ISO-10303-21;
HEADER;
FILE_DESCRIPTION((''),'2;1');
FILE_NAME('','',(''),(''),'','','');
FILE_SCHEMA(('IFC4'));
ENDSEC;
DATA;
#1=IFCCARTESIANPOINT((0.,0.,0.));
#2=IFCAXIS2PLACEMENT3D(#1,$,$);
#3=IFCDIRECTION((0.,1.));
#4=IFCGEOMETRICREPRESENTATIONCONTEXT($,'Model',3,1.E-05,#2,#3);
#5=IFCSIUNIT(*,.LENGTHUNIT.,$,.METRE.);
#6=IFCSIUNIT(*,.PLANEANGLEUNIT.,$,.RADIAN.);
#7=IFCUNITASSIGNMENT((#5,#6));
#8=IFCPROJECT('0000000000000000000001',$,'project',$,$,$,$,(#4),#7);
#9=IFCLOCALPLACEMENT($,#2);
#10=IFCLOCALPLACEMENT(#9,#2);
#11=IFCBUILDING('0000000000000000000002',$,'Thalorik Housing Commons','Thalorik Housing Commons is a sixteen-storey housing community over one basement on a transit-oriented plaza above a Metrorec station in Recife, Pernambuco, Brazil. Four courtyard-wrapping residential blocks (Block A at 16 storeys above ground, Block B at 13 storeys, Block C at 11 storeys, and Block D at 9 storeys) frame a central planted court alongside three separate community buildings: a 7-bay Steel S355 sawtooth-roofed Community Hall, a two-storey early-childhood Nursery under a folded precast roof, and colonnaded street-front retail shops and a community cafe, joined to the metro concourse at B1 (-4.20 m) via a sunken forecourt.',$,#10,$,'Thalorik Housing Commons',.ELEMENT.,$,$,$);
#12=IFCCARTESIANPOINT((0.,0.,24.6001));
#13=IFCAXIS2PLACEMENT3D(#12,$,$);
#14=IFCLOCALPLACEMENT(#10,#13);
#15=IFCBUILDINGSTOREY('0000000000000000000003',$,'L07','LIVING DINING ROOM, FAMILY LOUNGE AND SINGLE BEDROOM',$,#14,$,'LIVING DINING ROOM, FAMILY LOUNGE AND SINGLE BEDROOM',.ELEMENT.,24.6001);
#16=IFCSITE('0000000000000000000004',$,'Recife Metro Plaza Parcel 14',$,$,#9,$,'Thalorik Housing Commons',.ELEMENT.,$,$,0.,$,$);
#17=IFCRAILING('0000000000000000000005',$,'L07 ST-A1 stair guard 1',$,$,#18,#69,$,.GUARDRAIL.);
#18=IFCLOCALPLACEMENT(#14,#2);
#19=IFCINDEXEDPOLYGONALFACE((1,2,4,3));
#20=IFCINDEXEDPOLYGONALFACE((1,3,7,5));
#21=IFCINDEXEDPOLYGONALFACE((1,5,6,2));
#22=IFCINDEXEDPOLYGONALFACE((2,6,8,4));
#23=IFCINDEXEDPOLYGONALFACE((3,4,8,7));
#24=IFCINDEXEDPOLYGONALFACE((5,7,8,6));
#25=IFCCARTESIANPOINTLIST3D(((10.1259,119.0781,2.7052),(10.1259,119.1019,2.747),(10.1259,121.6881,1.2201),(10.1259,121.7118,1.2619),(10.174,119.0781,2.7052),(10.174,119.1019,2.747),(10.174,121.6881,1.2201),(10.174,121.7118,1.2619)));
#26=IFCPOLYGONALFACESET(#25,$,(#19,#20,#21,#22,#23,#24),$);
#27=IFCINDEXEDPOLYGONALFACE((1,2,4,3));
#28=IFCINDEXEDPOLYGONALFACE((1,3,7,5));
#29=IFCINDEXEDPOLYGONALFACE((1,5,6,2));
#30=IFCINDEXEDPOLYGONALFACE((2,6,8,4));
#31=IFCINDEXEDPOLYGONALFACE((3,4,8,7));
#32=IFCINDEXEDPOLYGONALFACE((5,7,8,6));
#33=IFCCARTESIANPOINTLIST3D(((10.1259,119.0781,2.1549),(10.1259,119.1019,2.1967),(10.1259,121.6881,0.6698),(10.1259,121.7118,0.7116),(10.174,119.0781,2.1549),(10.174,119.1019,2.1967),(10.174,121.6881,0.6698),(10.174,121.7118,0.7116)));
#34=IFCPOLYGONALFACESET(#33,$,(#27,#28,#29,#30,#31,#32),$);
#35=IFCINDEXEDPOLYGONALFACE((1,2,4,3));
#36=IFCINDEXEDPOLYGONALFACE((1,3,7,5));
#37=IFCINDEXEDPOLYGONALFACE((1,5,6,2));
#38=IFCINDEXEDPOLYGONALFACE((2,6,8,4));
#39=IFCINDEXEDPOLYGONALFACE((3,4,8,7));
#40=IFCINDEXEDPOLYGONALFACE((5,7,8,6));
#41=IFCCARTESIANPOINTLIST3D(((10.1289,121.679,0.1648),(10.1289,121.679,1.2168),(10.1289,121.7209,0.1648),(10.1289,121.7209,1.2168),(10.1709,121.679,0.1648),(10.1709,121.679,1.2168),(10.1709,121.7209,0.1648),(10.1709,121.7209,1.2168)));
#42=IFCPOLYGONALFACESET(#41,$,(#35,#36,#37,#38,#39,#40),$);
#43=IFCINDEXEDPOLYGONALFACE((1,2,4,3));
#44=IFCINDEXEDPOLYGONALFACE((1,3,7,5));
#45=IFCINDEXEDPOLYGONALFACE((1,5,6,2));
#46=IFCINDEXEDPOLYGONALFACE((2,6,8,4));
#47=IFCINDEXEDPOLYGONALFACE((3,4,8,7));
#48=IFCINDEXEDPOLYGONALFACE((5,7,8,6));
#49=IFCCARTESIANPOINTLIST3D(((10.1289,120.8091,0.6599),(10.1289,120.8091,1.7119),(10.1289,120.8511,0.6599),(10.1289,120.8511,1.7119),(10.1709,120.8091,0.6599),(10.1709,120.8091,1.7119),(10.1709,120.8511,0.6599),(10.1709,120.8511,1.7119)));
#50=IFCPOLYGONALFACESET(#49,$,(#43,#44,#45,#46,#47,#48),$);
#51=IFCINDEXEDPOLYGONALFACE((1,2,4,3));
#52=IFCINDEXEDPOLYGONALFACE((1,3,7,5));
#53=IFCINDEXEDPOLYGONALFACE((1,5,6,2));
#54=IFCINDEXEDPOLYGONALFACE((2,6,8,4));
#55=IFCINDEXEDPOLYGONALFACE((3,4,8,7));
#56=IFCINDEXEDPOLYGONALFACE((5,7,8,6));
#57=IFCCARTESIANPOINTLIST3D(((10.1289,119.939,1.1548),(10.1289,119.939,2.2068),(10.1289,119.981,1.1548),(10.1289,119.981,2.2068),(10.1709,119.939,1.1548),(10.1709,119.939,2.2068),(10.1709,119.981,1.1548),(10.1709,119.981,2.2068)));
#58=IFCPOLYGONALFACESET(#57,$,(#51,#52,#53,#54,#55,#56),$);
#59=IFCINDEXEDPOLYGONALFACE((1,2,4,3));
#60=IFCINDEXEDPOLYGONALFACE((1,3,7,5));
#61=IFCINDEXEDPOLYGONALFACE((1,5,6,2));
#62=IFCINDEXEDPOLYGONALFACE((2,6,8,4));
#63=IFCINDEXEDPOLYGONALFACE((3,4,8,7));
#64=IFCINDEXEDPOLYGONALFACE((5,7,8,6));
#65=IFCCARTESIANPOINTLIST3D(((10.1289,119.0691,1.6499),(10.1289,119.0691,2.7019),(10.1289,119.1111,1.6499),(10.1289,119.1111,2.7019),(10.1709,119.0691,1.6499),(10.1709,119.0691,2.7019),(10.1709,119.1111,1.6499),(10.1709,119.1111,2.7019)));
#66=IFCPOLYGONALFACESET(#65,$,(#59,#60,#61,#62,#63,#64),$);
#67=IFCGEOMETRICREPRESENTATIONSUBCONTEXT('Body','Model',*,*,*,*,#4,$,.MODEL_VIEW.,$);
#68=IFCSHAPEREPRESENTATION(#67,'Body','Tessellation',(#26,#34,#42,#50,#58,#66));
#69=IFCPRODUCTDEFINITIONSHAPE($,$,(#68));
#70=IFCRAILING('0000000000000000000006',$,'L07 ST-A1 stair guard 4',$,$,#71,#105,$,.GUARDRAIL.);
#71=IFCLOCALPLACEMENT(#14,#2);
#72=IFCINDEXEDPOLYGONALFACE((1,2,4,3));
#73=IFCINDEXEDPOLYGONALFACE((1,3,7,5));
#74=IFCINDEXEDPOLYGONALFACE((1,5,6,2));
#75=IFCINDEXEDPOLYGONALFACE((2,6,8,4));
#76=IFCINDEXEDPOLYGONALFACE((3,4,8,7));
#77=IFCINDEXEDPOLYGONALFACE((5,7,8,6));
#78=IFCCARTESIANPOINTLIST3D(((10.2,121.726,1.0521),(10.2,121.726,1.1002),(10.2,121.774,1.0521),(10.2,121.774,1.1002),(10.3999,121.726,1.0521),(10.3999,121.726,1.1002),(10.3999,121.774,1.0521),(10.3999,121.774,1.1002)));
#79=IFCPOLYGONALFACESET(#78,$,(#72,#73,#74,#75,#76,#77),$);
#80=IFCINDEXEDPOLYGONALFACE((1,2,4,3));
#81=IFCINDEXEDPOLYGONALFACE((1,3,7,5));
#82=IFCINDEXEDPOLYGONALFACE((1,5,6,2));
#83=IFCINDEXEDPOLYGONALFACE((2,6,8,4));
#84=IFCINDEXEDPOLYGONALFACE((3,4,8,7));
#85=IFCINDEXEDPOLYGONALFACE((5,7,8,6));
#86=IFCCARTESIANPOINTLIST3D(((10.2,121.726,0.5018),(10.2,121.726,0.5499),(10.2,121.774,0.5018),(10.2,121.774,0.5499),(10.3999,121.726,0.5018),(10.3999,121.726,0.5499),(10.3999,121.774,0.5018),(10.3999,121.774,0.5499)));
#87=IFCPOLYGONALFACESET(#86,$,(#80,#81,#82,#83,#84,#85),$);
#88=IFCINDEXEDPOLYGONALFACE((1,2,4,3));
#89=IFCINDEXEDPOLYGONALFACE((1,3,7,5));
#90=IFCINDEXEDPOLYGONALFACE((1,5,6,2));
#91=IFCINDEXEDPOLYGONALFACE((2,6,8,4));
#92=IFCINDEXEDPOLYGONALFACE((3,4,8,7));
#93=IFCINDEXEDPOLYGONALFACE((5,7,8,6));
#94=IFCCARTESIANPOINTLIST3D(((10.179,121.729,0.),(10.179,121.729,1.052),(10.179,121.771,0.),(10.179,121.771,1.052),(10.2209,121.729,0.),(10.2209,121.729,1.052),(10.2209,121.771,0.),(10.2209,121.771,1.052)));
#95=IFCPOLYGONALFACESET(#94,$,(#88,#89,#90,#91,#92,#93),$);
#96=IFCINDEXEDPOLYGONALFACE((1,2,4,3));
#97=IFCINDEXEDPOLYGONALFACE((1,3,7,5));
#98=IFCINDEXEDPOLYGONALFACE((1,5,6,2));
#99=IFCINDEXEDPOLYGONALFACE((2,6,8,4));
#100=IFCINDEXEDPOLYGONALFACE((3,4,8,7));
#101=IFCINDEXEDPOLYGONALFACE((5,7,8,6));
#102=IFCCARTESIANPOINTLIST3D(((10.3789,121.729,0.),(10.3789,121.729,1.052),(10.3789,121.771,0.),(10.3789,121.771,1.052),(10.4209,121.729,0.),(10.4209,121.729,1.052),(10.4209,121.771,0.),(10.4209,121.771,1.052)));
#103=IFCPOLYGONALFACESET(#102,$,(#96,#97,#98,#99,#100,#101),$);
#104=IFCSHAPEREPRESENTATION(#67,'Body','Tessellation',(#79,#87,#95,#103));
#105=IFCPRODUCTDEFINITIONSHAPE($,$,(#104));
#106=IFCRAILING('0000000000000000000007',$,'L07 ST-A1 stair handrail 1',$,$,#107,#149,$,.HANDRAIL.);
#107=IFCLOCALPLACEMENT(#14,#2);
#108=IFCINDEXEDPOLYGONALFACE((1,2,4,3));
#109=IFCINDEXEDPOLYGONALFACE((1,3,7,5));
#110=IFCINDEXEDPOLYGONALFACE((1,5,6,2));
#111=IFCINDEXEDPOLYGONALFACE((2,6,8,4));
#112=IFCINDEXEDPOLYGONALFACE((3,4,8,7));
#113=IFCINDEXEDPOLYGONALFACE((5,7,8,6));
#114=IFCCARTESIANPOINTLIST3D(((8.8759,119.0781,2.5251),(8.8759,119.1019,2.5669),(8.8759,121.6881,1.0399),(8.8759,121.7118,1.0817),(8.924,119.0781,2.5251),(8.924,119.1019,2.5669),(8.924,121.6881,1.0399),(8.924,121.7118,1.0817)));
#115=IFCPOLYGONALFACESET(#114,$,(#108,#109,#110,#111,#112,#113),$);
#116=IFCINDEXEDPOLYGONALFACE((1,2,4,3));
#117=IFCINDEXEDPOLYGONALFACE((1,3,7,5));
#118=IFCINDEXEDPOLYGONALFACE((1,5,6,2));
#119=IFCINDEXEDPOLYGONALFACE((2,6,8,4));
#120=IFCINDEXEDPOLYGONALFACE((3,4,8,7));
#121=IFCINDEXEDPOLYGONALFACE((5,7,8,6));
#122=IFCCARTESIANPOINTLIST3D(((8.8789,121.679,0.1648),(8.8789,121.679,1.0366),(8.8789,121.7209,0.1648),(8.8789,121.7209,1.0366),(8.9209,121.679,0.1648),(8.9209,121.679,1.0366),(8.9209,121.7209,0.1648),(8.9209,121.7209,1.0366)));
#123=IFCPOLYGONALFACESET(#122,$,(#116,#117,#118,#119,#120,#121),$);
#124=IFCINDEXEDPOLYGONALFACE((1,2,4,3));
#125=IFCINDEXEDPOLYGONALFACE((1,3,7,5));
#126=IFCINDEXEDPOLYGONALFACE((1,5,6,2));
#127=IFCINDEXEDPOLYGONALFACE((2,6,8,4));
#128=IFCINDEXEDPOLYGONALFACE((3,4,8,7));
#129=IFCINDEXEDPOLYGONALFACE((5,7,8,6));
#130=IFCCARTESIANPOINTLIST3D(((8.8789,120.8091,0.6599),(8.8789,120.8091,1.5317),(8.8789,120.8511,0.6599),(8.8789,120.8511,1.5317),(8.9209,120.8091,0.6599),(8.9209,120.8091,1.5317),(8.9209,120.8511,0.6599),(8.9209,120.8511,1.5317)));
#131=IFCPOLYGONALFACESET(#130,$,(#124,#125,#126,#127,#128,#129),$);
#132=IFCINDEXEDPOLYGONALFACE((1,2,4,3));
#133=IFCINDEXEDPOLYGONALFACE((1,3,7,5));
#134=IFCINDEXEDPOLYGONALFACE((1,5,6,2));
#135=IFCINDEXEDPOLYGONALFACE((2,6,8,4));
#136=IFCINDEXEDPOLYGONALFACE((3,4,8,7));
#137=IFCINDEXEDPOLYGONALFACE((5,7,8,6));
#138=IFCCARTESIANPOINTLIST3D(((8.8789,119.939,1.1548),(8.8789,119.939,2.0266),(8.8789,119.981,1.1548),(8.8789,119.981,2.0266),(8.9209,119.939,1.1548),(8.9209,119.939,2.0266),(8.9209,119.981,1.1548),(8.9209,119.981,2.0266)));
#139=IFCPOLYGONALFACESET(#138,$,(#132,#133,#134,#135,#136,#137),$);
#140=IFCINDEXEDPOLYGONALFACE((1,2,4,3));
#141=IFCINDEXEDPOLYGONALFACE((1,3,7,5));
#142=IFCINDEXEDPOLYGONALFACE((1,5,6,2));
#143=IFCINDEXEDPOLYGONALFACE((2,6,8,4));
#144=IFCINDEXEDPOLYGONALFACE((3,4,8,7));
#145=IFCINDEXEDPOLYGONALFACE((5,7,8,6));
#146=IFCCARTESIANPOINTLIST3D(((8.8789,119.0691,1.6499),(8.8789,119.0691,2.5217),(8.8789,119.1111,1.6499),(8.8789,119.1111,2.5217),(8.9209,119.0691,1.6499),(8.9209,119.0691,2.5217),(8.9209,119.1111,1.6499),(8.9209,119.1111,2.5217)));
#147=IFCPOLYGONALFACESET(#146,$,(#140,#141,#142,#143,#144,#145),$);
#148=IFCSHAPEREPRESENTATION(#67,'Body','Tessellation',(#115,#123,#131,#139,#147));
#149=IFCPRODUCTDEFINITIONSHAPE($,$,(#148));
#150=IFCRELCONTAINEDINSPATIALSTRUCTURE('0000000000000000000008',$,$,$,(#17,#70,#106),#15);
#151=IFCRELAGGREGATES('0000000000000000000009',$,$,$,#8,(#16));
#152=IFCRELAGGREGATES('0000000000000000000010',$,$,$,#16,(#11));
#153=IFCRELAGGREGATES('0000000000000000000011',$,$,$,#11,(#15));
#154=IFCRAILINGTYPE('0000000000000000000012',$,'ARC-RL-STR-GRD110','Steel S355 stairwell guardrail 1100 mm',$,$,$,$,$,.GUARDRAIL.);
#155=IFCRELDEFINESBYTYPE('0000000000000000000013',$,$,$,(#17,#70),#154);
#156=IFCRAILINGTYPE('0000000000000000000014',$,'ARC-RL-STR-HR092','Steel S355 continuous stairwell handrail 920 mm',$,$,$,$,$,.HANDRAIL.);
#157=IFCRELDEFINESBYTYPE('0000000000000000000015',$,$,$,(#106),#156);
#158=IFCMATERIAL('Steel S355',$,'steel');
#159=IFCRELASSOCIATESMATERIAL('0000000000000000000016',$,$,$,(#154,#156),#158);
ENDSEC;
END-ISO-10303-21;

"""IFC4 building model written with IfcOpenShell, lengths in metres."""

from ifc_helpers import new_model, si_unit, direction, frame, origin, origin_2d, place, context, subcontext, project, spatial, rectangle, extrude, material, type_object, element, save


model = new_model("IFC4")

# Units and contexts
model_context = context("Model", 3, precision=1e-05, world=origin(), true_north=direction((0.0, 1.0)))
body_context = subcontext(model_context, "Body", "Model", "MODEL_VIEW")
ifc_project = project(units=[si_unit("LENGTHUNIT", "METRE"), si_unit("PLANEANGLEUNIT", "RADIAN")], contexts=[model_context])

# Site, building, storey
site_placement = place(None, origin())
site = spatial("IfcSite", under=ifc_project, at=site_placement, Name="Recife Metro Plaza Parcel 14", LongName="Thalorik Housing Commons", CompositionType="ELEMENT", RefElevation=0.0)
building_placement = place(site_placement, origin())
building = spatial("IfcBuilding", under=site, at=building_placement, Name="Thalorik Housing Commons", Description="Thalorik Housing Commons is a sixteen-storey housing community over one basement on a transit-oriented plaza above a Metrorec station in Recife, Pernambuco, Brazil. Four courtyard-wrapping residential blocks (Block A at 16 storeys above ground, Block B at 13 storeys, Block C at 11 storeys, and Block D at 9 storeys) frame a central planted court alongside three separate community buildings: a 7-bay Steel S355 sawtooth-roofed Community Hall, a two-storey early-childhood Nursery under a folded precast roof, and colonnaded street-front retail shops and a community cafe, joined to the metro concourse at B1 (-4.20 m) via a sunken forecourt.", LongName="Thalorik Housing Commons", CompositionType="ELEMENT")
storey_placement = place(building_placement, frame((0.0, 0.0, 24.6001)))
storey = spatial("IfcBuildingStorey", under=building, at=storey_placement, Name="L07", Description="LIVING DINING ROOM, FAMILY LOUNGE AND SINGLE BEDROOM", LongName="LIVING DINING ROOM, FAMILY LOUNGE AND SINGLE BEDROOM", CompositionType="ELEMENT", Elevation=24.6001)

# Shared definitions
ifc_material_1 = material(Name="Steel S355", Category="steel")

# Railings
railing_type_1 = type_object("IfcRailingType", Name="ARC-RL-STR-GRD110", Description="Steel S355 stairwell guardrail 1100 mm", PredefinedType="GUARDRAIL", material=ifc_material_1)
railing_1_placement = place(storey_placement, frame((10.1499, 121.7, 0.1648)))
element("IfcRailing", 1, at=railing_1_placement, inside=storey, type_object=railing_type_1, Name="L07 ST-A1 stair guard 1", PredefinedType="GUARDRAIL", context=body_context, shape_type="SweptSolid", body=[
    extrude(rectangle(XDim=0.0481, YDim=0.0481, at=origin_2d()), frame((0.0, 0.0, 1.0762), z_axis=(0.0, -0.869137, 0.494571), x_axis=(1.0, 0.0, 0.0)), (0.0, 0.0, 1.0), 3.0029),
    extrude(rectangle(XDim=0.0481, YDim=0.0481, at=origin_2d()), frame((0.0, 0.0, 0.5259), z_axis=(0.0, -0.869137, 0.494571), x_axis=(1.0, 0.0, 0.0)), (0.0, 0.0, 1.0), 3.0029),
    extrude(rectangle(XDim=0.042, YDim=0.042, at=origin_2d()), origin(), (0.0, 0.0, 1.0), 1.052),
    extrude(rectangle(XDim=0.042, YDim=0.042, at=origin_2d()), frame((0.0, -0.8699, 0.4951)), (0.0, 0.0, 1.0), 1.052),
    extrude(rectangle(XDim=0.042, YDim=0.042, at=origin_2d()), frame((0.0, -1.74, 0.99)), (0.0, 0.0, 1.0), 1.052),
    extrude(rectangle(XDim=0.042, YDim=0.042, at=origin_2d()), frame((0.0, -2.6099, 1.4851)), (0.0, 0.0, 1.0), 1.052),
])
railing_2_placement = place(storey_placement, frame((10.2, 121.75, 0.0)))
element("IfcRailing", 2, at=railing_2_placement, inside=storey, type_object=railing_type_1, Name="L07 ST-A1 stair guard 4", PredefinedType="GUARDRAIL", context=body_context, shape_type="SweptSolid", body=[
    extrude(rectangle(XDim=0.0481, YDim=0.0481, at=origin_2d()), frame((0.0, 0.0, 1.0762), z_axis=(1.0, 0.0, 0.0), x_axis=(0.0, 1.0, 0.0)), (0.0, 0.0, 1.0), 0.2),
    extrude(rectangle(XDim=0.0481, YDim=0.0481, at=origin_2d()), frame((0.0, 0.0, 0.5259), z_axis=(1.0, 0.0, 0.0), x_axis=(0.0, 1.0, 0.0)), (0.0, 0.0, 1.0), 0.2),
    extrude(rectangle(XDim=0.042, YDim=0.042, at=origin_2d()), origin(), (0.0, 0.0, 1.0), 1.052),
    extrude(rectangle(XDim=0.042, YDim=0.042, at=origin_2d()), frame((0.2, 0.0, 0.0)), (0.0, 0.0, 1.0), 1.052),
])
railing_type_2 = type_object("IfcRailingType", Name="ARC-RL-STR-HR092", Description="Steel S355 continuous stairwell handrail 920 mm", PredefinedType="HANDRAIL", material=ifc_material_1)
railing_3_placement = place(storey_placement, frame((8.8999, 121.7, 0.1648)))
element("IfcRailing", 3, at=railing_3_placement, inside=storey, type_object=railing_type_2, Name="L07 ST-A1 stair handrail 1", PredefinedType="HANDRAIL", context=body_context, shape_type="SweptSolid", body=[
    extrude(rectangle(XDim=0.0481, YDim=0.0481, at=origin_2d()), frame((0.0, 0.0, 0.896), z_axis=(0.0, -0.869137, 0.494571), x_axis=(1.0, 0.0, 0.0)), (0.0, 0.0, 1.0), 3.0029),
    extrude(rectangle(XDim=0.042, YDim=0.042, at=origin_2d()), origin(), (0.0, 0.0, 1.0), 0.8718),
    extrude(rectangle(XDim=0.042, YDim=0.042, at=origin_2d()), frame((0.0, -0.8699, 0.4951)), (0.0, 0.0, 1.0), 0.8718),
    extrude(rectangle(XDim=0.042, YDim=0.042, at=origin_2d()), frame((0.0, -1.74, 0.99)), (0.0, 0.0, 1.0), 0.8718),
    extrude(rectangle(XDim=0.042, YDim=0.042, at=origin_2d()), frame((0.0, -2.6099, 1.4851)), (0.0, 0.0, 1.0), 0.8718),
])

save(model, "model.ifc")
